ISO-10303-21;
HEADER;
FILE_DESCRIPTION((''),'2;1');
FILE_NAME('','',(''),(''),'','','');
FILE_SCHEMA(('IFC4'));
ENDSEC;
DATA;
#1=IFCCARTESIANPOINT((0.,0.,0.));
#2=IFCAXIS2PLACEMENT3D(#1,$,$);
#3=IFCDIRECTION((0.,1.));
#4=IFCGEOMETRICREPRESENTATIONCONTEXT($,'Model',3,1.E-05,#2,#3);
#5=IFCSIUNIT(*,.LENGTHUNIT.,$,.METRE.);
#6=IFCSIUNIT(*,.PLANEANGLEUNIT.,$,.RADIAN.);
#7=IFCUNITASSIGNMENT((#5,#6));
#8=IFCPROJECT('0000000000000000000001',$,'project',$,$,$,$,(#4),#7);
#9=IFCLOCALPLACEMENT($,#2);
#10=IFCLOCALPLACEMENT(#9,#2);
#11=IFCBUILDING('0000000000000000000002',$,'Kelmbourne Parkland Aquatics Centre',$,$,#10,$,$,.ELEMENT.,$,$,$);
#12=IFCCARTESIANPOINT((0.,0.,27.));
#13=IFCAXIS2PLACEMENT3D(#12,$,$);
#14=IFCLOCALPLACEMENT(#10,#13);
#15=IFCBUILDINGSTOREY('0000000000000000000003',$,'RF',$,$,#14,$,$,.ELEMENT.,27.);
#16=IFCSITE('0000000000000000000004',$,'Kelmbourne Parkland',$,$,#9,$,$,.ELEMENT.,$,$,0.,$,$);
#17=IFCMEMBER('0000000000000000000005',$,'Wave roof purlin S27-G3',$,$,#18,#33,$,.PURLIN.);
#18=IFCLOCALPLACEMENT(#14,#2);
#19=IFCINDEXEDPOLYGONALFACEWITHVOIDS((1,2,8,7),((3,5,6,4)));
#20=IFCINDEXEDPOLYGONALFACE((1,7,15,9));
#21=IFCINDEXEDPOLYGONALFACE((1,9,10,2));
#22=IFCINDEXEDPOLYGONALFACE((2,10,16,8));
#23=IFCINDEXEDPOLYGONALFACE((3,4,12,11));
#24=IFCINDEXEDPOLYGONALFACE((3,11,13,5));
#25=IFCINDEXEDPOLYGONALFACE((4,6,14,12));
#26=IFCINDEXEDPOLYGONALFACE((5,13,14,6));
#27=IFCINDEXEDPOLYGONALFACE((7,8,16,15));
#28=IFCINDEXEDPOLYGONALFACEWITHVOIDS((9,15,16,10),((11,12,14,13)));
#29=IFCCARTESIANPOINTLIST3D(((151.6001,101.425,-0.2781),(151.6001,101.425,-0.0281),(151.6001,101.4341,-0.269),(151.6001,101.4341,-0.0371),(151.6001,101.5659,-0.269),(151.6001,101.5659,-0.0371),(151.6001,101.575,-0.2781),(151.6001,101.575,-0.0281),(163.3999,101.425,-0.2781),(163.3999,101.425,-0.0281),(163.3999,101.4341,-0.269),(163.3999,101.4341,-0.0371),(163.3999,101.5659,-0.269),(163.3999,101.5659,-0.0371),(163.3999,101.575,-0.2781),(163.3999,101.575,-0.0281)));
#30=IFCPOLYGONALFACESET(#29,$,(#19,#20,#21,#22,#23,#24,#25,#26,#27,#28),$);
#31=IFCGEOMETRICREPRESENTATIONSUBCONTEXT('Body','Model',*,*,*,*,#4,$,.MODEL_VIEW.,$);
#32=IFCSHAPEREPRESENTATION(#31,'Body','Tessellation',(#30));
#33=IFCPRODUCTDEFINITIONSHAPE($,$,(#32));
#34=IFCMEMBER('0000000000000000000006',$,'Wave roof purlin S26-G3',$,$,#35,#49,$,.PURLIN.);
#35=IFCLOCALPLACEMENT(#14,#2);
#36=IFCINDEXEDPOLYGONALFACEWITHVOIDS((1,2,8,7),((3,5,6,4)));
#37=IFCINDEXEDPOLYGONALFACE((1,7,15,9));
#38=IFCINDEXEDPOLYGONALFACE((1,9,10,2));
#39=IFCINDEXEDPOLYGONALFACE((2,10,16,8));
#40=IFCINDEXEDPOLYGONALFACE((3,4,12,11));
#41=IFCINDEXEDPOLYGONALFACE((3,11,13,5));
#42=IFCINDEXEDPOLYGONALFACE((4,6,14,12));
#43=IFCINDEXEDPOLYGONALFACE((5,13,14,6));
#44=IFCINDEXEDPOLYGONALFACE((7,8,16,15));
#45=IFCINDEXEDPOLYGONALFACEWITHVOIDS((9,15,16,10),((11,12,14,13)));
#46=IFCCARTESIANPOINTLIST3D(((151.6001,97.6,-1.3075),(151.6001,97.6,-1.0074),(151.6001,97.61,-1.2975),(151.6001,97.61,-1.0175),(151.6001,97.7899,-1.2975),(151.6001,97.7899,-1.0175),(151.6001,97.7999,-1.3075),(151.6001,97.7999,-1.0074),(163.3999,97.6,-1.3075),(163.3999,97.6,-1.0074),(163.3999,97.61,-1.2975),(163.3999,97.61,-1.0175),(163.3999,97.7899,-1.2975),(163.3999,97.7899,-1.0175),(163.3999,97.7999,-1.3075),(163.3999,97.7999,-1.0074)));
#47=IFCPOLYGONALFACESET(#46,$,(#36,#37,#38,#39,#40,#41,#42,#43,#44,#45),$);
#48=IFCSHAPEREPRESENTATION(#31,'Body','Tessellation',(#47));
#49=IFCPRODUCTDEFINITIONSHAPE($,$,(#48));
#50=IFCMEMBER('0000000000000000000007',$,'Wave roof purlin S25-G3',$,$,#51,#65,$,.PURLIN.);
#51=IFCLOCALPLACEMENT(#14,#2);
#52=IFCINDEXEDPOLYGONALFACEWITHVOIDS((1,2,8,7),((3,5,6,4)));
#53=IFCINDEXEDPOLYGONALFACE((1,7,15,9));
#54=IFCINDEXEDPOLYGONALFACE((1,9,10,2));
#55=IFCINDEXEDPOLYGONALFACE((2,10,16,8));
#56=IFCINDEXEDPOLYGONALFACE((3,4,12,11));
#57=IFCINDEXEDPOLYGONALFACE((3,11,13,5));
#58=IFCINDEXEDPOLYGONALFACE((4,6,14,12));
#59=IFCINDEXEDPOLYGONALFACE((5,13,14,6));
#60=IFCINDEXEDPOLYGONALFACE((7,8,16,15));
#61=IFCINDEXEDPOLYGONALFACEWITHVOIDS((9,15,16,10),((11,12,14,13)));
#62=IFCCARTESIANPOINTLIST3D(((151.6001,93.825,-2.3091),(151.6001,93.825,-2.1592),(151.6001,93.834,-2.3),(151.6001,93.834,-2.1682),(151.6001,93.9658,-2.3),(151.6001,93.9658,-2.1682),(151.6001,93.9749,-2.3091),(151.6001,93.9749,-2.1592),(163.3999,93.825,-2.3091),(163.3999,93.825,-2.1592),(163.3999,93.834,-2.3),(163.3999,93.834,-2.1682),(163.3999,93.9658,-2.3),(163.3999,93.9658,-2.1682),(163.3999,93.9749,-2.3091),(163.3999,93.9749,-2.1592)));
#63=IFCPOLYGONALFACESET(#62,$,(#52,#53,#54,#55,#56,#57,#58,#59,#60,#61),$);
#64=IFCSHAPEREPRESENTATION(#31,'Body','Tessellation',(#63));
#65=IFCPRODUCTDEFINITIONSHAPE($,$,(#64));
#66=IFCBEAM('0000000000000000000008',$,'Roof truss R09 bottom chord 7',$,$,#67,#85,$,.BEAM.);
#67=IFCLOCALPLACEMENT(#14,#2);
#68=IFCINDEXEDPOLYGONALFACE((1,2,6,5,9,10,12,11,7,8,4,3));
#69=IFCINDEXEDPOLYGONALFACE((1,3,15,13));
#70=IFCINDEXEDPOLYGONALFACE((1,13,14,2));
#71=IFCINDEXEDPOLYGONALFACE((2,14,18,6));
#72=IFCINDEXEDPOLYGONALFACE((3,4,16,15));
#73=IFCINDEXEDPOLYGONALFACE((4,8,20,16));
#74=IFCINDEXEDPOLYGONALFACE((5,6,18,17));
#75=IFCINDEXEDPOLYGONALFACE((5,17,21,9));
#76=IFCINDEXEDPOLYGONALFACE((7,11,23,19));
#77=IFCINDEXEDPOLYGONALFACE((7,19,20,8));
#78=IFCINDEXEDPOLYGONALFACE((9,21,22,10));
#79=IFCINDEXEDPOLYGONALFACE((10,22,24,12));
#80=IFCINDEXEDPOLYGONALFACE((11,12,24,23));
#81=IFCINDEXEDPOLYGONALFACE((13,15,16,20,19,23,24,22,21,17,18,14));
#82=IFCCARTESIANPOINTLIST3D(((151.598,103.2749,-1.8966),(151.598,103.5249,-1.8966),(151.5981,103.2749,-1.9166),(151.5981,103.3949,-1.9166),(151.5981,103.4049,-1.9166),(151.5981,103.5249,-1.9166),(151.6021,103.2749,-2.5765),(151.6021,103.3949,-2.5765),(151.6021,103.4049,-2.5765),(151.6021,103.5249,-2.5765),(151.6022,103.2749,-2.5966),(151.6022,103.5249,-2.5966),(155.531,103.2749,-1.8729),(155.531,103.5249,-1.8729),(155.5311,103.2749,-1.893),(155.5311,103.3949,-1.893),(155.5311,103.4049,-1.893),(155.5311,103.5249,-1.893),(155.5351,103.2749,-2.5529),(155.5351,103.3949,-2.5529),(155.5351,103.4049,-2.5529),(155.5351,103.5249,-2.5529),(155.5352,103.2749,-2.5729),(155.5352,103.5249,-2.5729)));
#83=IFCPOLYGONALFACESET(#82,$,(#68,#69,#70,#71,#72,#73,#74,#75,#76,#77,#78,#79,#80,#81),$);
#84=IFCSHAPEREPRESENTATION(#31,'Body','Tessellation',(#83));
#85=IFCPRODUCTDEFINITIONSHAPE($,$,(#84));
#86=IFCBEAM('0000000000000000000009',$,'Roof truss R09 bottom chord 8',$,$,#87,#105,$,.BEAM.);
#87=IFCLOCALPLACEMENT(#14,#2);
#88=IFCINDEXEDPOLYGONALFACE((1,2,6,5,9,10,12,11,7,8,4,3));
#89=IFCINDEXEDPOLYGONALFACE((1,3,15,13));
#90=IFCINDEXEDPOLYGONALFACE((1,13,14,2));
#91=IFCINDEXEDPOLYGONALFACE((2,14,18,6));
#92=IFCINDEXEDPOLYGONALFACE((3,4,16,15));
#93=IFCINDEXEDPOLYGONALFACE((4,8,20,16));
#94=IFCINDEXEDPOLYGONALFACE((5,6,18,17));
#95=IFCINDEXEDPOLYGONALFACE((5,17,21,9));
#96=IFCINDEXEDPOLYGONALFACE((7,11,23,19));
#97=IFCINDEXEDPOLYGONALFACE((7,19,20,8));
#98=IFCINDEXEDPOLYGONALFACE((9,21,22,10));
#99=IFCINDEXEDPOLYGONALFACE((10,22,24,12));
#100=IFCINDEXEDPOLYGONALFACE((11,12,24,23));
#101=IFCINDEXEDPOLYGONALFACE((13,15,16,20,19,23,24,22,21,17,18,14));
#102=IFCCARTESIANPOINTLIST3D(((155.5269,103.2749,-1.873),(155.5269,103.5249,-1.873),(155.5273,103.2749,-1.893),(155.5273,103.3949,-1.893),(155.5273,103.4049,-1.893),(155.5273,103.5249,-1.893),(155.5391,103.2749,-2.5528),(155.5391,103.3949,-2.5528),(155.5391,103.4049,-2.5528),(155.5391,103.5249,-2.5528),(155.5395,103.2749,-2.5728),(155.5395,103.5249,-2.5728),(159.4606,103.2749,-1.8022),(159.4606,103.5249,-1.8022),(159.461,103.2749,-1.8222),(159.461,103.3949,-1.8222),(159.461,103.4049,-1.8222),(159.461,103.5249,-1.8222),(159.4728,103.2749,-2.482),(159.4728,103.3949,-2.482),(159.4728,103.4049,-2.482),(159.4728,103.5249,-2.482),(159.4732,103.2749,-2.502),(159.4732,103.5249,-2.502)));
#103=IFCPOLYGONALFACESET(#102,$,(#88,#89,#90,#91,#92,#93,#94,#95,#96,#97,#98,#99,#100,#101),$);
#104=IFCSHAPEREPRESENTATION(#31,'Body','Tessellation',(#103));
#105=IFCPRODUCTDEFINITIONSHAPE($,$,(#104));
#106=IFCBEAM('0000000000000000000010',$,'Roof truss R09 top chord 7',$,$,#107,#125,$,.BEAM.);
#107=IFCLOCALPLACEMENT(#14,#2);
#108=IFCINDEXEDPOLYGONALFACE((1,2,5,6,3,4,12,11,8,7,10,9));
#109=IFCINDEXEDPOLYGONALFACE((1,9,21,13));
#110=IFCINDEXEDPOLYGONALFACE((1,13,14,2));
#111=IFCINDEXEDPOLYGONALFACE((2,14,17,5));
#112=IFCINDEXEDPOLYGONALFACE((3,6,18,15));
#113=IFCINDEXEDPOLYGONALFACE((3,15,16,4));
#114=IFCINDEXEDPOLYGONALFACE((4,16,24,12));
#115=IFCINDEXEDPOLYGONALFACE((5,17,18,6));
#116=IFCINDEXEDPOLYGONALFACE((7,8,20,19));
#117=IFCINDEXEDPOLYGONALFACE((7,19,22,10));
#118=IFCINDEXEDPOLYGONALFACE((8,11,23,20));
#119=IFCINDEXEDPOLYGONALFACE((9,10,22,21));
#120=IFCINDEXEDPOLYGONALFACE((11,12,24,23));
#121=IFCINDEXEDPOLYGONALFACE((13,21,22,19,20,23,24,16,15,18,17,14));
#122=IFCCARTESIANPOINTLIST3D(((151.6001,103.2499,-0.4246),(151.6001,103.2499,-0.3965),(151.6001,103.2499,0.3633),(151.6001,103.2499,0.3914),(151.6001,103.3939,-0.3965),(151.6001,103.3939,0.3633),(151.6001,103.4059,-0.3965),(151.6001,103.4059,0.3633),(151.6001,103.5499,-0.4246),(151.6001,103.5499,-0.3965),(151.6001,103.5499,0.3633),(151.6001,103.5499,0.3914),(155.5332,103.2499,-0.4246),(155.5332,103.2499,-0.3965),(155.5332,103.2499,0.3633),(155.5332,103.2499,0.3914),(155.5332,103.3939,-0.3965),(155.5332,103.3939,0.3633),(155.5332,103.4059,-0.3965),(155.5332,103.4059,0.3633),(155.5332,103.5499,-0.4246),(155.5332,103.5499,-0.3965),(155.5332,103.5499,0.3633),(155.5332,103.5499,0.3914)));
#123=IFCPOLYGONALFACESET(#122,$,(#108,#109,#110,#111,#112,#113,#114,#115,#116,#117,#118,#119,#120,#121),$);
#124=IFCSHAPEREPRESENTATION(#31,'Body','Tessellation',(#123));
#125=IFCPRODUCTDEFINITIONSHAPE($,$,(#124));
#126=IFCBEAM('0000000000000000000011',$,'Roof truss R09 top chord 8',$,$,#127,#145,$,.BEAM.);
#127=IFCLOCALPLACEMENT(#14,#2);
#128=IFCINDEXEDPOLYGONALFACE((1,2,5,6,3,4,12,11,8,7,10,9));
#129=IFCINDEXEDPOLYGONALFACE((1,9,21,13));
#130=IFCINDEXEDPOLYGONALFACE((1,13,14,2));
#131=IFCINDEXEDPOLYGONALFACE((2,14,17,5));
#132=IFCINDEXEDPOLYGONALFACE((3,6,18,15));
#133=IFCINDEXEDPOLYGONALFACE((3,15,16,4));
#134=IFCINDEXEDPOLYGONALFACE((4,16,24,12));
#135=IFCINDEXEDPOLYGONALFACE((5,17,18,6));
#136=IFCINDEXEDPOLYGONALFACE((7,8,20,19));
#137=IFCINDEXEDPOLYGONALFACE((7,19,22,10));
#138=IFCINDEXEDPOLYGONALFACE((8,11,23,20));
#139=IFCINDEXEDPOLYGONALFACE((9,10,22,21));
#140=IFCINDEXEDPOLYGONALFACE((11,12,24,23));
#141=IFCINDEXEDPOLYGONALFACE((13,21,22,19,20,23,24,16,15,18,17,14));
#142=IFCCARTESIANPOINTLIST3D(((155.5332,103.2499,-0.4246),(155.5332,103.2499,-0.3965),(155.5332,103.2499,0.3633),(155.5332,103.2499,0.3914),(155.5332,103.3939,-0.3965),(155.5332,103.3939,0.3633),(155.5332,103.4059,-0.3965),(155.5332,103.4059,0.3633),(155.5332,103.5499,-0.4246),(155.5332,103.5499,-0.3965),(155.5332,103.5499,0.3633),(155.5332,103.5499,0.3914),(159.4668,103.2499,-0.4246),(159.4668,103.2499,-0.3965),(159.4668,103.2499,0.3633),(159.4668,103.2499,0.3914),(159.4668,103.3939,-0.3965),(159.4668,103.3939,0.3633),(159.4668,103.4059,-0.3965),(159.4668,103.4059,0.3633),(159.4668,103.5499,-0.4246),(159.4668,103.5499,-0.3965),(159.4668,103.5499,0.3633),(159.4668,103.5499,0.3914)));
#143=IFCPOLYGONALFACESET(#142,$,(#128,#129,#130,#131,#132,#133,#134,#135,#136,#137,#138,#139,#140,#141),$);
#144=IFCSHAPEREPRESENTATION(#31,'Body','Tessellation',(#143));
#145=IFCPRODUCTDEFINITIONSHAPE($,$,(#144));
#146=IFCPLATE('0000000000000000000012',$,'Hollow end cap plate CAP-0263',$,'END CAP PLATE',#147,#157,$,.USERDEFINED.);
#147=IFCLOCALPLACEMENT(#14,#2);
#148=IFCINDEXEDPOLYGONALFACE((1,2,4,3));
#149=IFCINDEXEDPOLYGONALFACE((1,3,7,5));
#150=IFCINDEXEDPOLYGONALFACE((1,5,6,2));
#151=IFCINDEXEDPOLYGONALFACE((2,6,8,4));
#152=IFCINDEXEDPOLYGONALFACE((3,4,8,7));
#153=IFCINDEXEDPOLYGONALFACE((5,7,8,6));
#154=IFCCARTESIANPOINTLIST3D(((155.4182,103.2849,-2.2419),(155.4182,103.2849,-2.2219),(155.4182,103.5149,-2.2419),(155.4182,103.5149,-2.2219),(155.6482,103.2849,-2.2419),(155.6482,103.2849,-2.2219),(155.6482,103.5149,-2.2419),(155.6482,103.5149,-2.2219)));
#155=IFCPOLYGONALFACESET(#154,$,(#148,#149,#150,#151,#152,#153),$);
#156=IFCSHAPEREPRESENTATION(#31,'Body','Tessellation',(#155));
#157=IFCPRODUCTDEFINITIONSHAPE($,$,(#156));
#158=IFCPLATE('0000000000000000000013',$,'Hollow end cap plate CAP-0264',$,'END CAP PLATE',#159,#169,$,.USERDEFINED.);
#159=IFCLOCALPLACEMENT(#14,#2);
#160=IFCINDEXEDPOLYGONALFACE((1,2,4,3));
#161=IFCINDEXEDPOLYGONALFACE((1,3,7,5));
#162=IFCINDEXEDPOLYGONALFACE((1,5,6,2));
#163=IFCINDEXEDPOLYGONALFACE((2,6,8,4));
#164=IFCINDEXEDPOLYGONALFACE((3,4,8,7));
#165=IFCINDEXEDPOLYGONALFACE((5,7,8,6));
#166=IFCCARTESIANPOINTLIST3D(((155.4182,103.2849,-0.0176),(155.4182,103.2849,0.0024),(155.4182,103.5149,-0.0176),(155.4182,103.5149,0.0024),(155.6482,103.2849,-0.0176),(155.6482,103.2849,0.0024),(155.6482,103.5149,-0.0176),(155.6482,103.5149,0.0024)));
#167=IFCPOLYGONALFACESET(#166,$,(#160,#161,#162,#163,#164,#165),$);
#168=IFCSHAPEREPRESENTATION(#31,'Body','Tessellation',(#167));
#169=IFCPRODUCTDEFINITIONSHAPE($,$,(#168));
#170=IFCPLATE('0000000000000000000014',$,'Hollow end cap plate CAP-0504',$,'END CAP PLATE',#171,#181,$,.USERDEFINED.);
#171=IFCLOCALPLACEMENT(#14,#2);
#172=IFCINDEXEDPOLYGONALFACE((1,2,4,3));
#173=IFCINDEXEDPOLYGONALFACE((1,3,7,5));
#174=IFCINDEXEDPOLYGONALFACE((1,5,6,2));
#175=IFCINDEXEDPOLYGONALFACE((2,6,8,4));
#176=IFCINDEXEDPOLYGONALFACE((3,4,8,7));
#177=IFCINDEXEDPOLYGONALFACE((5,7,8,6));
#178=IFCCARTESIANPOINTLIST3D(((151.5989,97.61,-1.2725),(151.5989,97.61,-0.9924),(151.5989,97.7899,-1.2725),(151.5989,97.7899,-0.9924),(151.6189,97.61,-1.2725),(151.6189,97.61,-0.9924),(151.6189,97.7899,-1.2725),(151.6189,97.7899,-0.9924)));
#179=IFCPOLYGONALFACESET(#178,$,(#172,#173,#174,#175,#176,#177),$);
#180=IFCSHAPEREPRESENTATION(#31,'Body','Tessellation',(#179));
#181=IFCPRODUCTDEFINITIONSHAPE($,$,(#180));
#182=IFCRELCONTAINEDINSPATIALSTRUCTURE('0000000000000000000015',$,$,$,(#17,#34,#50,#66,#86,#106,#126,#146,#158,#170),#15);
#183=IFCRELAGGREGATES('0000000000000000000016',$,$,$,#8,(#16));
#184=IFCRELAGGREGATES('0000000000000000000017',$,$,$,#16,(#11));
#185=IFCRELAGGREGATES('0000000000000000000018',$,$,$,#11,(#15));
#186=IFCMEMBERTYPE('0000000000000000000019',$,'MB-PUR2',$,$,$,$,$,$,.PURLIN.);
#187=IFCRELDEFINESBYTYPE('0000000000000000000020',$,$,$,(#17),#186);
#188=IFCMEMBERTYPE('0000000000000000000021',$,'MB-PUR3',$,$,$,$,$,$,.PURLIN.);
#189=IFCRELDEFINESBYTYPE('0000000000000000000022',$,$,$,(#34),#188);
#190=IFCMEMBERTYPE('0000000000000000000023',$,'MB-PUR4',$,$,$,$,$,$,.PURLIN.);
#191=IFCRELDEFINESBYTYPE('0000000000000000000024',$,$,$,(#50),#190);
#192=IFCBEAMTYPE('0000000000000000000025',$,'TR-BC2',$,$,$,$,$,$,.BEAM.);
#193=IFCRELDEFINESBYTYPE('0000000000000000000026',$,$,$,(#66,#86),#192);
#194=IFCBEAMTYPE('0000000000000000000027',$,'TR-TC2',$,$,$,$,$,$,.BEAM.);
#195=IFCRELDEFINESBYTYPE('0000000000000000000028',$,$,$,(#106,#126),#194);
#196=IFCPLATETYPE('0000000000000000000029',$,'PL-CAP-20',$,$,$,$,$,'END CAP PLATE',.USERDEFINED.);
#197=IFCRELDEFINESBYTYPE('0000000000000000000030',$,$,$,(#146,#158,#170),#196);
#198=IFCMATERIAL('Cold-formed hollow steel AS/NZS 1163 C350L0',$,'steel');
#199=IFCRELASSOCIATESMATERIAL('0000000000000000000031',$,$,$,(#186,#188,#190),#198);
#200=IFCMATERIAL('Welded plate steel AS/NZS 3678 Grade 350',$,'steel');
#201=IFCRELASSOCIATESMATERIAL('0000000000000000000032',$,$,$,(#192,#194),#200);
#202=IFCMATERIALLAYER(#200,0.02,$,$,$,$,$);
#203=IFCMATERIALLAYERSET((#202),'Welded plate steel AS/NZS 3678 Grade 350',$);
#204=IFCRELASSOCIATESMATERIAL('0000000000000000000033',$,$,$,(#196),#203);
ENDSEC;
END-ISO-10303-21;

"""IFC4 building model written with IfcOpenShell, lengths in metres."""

from ifc_helpers import new_model, si_unit, direction, frame, origin, origin_2d, place, context, subcontext, project, spatial, rectangle, hollow_rectangle, i_section, extrude, material, layer, layer_set, material_profile, profile_set, type_object, element, save


model = new_model("IFC4")

# Units and contexts
model_context = context("Model", 3, precision=1e-05, world=origin(), true_north=direction((0.0, 1.0)))
body_context = subcontext(model_context, "Body", "Model", "MODEL_VIEW")
ifc_project = project(units=[si_unit("LENGTHUNIT", "METRE"), si_unit("PLANEANGLEUNIT", "RADIAN")], contexts=[model_context])

# Site, building, storey
site_placement = place(None, origin())
site = spatial("IfcSite", under=ifc_project, at=site_placement, Name="Kelmbourne Parkland", CompositionType="ELEMENT", RefElevation=0.0)
building_placement = place(site_placement, origin())
building = spatial("IfcBuilding", under=site, at=building_placement, Name="Kelmbourne Parkland Aquatics Centre", CompositionType="ELEMENT")
storey_placement = place(building_placement, frame((0.0, 0.0, 27.0)))
storey = spatial("IfcBuildingStorey", under=building, at=storey_placement, Name="RF", CompositionType="ELEMENT", Elevation=27.0)

# Members
ifc_material_1 = material(Name="Cold-formed hollow steel AS/NZS 1163 C350L0", Category="steel")
ifc_material_profile_1 = material_profile(ifc_material_1, hollow_rectangle(XDim=0.1499, YDim=0.25, WallThickness=0.009, at=origin_2d()), Name="RHS 250x150x9.0")
ifc_profile_set_1 = profile_set([ifc_material_profile_1], Name="Cold-formed hollow steel AS/NZS 1163 C350L0")
member_type_1 = type_object("IfcMemberType", Name="MB-PUR2", PredefinedType="PURLIN", material=ifc_profile_set_1)
member_1_placement = place(storey_placement, frame((151.6001, 101.5, -0.1531), z_axis=(1.0, 0.0, 0.0), x_axis=(0.0, 1.0, 0.0)))
element("IfcMember", 1, at=member_1_placement, inside=storey, type_object=member_type_1, Name="Wave roof purlin S27-G3", PredefinedType="PURLIN", context=body_context, shape_type="SweptSolid", body=[
    extrude(hollow_rectangle(XDim=0.1499, YDim=0.25, WallThickness=0.009, at=origin_2d()), origin(), (0.0, 0.0, 1.0), 11.7998),
])
ifc_material_profile_2 = material_profile(ifc_material_1, hollow_rectangle(XDim=0.2, YDim=0.3, WallThickness=0.01, at=origin_2d()), Name="RHS 300x200x10.0")
ifc_profile_set_2 = profile_set([ifc_material_profile_2], Name="Cold-formed hollow steel AS/NZS 1163 C350L0")
member_type_2 = type_object("IfcMemberType", Name="MB-PUR3", PredefinedType="PURLIN", material=ifc_profile_set_2)
member_2_placement = place(storey_placement, frame((151.6001, 97.7, -1.1575), z_axis=(1.0, 0.0, 0.0), x_axis=(0.0, 1.0, 0.0)))
element("IfcMember", 2, at=member_2_placement, inside=storey, type_object=member_type_2, Name="Wave roof purlin S26-G3", PredefinedType="PURLIN", context=body_context, shape_type="SweptSolid", body=[
    extrude(hollow_rectangle(XDim=0.2, YDim=0.3, WallThickness=0.01, at=origin_2d()), origin(), (0.0, 0.0, 1.0), 11.7998),
])
ifc_material_profile_3 = material_profile(ifc_material_1, hollow_rectangle(XDim=0.1499, YDim=0.1499, WallThickness=0.009, at=origin_2d()), Name="SHS 150x150x9.0")
ifc_profile_set_3 = profile_set([ifc_material_profile_3], Name="Cold-formed hollow steel AS/NZS 1163 C350L0")
member_type_3 = type_object("IfcMemberType", Name="MB-PUR4", PredefinedType="PURLIN", material=ifc_profile_set_3)
member_3_placement = place(storey_placement, frame((151.6001, 93.8999, -2.2341), z_axis=(1.0, 0.0, 0.0), x_axis=(0.0, 1.0, 0.0)))
element("IfcMember", 3, at=member_3_placement, inside=storey, type_object=member_type_3, Name="Wave roof purlin S25-G3", PredefinedType="PURLIN", context=body_context, shape_type="SweptSolid", body=[
    extrude(hollow_rectangle(XDim=0.1499, YDim=0.1499, WallThickness=0.009, at=origin_2d()), origin(), (0.0, 0.0, 1.0), 11.7998),
])

# Beams
ifc_material_2 = material(Name="Welded plate steel AS/NZS 3678 Grade 350", Category="steel")
ifc_material_profile_4 = material_profile(ifc_material_2, i_section(OverallWidth=0.25, OverallDepth=0.7, WebThickness=0.01, FlangeThickness=0.02, at=origin_2d()), Name="700WB130")
ifc_profile_set_4 = profile_set([ifc_material_profile_4], Name="Welded plate steel AS/NZS 3678 Grade 350")
beam_type_1 = type_object("IfcBeamType", Name="TR-BC2", PredefinedType="BEAM", material=ifc_profile_set_4)
beam_1_placement = place(storey_placement, frame((151.6001, 103.3999, -2.2466), z_axis=(0.999982, 0.0, 0.006021), x_axis=(0.0, 1.0, 0.0)))
element("IfcBeam", 4, at=beam_1_placement, inside=storey, type_object=beam_type_1, Name="Roof truss R09 bottom chord 7", PredefinedType="BEAM", context=body_context, shape_type="SweptSolid", body=[
    extrude(i_section(OverallWidth=0.25, OverallDepth=0.7, WebThickness=0.01, FlangeThickness=0.02, at=origin_2d()), origin(), (0.0, 0.0, 1.0), 3.9331),
])
beam_2_placement = place(storey_placement, frame((155.5332, 103.3999, -2.2229), z_axis=(0.999838, 0.0, 0.017996), x_axis=(0.0, 1.0, 0.0)))
element("IfcBeam", 5, at=beam_2_placement, inside=storey, type_object=beam_type_1, Name="Roof truss R09 bottom chord 8", PredefinedType="BEAM", context=body_context, shape_type="SweptSolid", body=[
    extrude(i_section(OverallWidth=0.25, OverallDepth=0.7, WebThickness=0.01, FlangeThickness=0.02, at=origin_2d()), origin(), (0.0, 0.0, 1.0), 3.9343),
])
ifc_material_profile_5 = material_profile(ifc_material_2, i_section(OverallWidth=0.3, OverallDepth=0.8159, WebThickness=0.012, FlangeThickness=0.0281, at=origin_2d()), Name="800WB192")
ifc_profile_set_5 = profile_set([ifc_material_profile_5], Name="Welded plate steel AS/NZS 3678 Grade 350")
beam_type_2 = type_object("IfcBeamType", Name="TR-TC2", PredefinedType="BEAM", material=ifc_profile_set_5)
beam_3_placement = place(storey_placement, frame((151.6001, 103.3999, -0.0166), z_axis=(1.0, 0.0, 0.0), x_axis=(0.0, 1.0, 0.0)))
element("IfcBeam", 6, at=beam_3_placement, inside=storey, type_object=beam_type_2, Name="Roof truss R09 top chord 7", PredefinedType="BEAM", context=body_context, shape_type="SweptSolid", body=[
    extrude(i_section(OverallWidth=0.3, OverallDepth=0.8159, WebThickness=0.012, FlangeThickness=0.0281, at=origin_2d()), origin(), (0.0, 0.0, 1.0), 3.9331),
])
beam_4_placement = place(storey_placement, frame((155.5332, 103.3999, -0.0166), z_axis=(1.0, 0.0, 0.0), x_axis=(0.0, 1.0, 0.0)))
element("IfcBeam", 7, at=beam_4_placement, inside=storey, type_object=beam_type_2, Name="Roof truss R09 top chord 8", PredefinedType="BEAM", context=body_context, shape_type="SweptSolid", body=[
    extrude(i_section(OverallWidth=0.3, OverallDepth=0.8159, WebThickness=0.012, FlangeThickness=0.0281, at=origin_2d()), origin(), (0.0, 0.0, 1.0), 3.9336),
])

# Plates
ifc_layer_1 = layer(ifc_material_2, 0.02)
ifc_layer_set_1 = layer_set([ifc_layer_1], Name="Welded plate steel AS/NZS 3678 Grade 350")
plate_type_1 = type_object("IfcPlateType", Name="PL-CAP-20", ElementType="END CAP PLATE", PredefinedType="USERDEFINED", material=ifc_layer_set_1)
for number, where, z_axis, x_axis, name in (
    (8, (155.5332, 103.3999, -2.2419), (0.0, 0.0, 1.0), (1.0, 0.0, 0.0), "Hollow end cap plate CAP-0263"),
    (9, (155.5332, 103.3999, -0.0176), (0.0, 0.0, 1.0), (1.0, 0.0, 0.0), "Hollow end cap plate CAP-0264"),
):
    element("IfcPlate", number, at=place(storey_placement, frame(where, z_axis=z_axis, x_axis=x_axis)), inside=storey, type_object=plate_type_1, Name=name, ObjectType="END CAP PLATE", PredefinedType="USERDEFINED", context=body_context, shape_type="SweptSolid", body=[
        extrude(rectangle(XDim=0.23, YDim=0.23, at=origin_2d()), origin(), (0.0, 0.0, 1.0), 0.02),
    ])
plate_1_placement = place(storey_placement, frame((151.6089, 97.7, -1.2725), z_axis=(0.0, 0.0, 1.0), x_axis=(1.0, 0.0, 0.0)))
element("IfcPlate", 10, at=plate_1_placement, inside=storey, type_object=plate_type_1, Name="Hollow end cap plate CAP-0504", ObjectType="END CAP PLATE", PredefinedType="USERDEFINED", context=body_context, shape_type="SweptSolid", body=[
    extrude(rectangle(XDim=0.02, YDim=0.1799, at=origin_2d()), origin(), (0.0, 0.0, 1.0), 0.28),
])

save(model, "model.ifc")
